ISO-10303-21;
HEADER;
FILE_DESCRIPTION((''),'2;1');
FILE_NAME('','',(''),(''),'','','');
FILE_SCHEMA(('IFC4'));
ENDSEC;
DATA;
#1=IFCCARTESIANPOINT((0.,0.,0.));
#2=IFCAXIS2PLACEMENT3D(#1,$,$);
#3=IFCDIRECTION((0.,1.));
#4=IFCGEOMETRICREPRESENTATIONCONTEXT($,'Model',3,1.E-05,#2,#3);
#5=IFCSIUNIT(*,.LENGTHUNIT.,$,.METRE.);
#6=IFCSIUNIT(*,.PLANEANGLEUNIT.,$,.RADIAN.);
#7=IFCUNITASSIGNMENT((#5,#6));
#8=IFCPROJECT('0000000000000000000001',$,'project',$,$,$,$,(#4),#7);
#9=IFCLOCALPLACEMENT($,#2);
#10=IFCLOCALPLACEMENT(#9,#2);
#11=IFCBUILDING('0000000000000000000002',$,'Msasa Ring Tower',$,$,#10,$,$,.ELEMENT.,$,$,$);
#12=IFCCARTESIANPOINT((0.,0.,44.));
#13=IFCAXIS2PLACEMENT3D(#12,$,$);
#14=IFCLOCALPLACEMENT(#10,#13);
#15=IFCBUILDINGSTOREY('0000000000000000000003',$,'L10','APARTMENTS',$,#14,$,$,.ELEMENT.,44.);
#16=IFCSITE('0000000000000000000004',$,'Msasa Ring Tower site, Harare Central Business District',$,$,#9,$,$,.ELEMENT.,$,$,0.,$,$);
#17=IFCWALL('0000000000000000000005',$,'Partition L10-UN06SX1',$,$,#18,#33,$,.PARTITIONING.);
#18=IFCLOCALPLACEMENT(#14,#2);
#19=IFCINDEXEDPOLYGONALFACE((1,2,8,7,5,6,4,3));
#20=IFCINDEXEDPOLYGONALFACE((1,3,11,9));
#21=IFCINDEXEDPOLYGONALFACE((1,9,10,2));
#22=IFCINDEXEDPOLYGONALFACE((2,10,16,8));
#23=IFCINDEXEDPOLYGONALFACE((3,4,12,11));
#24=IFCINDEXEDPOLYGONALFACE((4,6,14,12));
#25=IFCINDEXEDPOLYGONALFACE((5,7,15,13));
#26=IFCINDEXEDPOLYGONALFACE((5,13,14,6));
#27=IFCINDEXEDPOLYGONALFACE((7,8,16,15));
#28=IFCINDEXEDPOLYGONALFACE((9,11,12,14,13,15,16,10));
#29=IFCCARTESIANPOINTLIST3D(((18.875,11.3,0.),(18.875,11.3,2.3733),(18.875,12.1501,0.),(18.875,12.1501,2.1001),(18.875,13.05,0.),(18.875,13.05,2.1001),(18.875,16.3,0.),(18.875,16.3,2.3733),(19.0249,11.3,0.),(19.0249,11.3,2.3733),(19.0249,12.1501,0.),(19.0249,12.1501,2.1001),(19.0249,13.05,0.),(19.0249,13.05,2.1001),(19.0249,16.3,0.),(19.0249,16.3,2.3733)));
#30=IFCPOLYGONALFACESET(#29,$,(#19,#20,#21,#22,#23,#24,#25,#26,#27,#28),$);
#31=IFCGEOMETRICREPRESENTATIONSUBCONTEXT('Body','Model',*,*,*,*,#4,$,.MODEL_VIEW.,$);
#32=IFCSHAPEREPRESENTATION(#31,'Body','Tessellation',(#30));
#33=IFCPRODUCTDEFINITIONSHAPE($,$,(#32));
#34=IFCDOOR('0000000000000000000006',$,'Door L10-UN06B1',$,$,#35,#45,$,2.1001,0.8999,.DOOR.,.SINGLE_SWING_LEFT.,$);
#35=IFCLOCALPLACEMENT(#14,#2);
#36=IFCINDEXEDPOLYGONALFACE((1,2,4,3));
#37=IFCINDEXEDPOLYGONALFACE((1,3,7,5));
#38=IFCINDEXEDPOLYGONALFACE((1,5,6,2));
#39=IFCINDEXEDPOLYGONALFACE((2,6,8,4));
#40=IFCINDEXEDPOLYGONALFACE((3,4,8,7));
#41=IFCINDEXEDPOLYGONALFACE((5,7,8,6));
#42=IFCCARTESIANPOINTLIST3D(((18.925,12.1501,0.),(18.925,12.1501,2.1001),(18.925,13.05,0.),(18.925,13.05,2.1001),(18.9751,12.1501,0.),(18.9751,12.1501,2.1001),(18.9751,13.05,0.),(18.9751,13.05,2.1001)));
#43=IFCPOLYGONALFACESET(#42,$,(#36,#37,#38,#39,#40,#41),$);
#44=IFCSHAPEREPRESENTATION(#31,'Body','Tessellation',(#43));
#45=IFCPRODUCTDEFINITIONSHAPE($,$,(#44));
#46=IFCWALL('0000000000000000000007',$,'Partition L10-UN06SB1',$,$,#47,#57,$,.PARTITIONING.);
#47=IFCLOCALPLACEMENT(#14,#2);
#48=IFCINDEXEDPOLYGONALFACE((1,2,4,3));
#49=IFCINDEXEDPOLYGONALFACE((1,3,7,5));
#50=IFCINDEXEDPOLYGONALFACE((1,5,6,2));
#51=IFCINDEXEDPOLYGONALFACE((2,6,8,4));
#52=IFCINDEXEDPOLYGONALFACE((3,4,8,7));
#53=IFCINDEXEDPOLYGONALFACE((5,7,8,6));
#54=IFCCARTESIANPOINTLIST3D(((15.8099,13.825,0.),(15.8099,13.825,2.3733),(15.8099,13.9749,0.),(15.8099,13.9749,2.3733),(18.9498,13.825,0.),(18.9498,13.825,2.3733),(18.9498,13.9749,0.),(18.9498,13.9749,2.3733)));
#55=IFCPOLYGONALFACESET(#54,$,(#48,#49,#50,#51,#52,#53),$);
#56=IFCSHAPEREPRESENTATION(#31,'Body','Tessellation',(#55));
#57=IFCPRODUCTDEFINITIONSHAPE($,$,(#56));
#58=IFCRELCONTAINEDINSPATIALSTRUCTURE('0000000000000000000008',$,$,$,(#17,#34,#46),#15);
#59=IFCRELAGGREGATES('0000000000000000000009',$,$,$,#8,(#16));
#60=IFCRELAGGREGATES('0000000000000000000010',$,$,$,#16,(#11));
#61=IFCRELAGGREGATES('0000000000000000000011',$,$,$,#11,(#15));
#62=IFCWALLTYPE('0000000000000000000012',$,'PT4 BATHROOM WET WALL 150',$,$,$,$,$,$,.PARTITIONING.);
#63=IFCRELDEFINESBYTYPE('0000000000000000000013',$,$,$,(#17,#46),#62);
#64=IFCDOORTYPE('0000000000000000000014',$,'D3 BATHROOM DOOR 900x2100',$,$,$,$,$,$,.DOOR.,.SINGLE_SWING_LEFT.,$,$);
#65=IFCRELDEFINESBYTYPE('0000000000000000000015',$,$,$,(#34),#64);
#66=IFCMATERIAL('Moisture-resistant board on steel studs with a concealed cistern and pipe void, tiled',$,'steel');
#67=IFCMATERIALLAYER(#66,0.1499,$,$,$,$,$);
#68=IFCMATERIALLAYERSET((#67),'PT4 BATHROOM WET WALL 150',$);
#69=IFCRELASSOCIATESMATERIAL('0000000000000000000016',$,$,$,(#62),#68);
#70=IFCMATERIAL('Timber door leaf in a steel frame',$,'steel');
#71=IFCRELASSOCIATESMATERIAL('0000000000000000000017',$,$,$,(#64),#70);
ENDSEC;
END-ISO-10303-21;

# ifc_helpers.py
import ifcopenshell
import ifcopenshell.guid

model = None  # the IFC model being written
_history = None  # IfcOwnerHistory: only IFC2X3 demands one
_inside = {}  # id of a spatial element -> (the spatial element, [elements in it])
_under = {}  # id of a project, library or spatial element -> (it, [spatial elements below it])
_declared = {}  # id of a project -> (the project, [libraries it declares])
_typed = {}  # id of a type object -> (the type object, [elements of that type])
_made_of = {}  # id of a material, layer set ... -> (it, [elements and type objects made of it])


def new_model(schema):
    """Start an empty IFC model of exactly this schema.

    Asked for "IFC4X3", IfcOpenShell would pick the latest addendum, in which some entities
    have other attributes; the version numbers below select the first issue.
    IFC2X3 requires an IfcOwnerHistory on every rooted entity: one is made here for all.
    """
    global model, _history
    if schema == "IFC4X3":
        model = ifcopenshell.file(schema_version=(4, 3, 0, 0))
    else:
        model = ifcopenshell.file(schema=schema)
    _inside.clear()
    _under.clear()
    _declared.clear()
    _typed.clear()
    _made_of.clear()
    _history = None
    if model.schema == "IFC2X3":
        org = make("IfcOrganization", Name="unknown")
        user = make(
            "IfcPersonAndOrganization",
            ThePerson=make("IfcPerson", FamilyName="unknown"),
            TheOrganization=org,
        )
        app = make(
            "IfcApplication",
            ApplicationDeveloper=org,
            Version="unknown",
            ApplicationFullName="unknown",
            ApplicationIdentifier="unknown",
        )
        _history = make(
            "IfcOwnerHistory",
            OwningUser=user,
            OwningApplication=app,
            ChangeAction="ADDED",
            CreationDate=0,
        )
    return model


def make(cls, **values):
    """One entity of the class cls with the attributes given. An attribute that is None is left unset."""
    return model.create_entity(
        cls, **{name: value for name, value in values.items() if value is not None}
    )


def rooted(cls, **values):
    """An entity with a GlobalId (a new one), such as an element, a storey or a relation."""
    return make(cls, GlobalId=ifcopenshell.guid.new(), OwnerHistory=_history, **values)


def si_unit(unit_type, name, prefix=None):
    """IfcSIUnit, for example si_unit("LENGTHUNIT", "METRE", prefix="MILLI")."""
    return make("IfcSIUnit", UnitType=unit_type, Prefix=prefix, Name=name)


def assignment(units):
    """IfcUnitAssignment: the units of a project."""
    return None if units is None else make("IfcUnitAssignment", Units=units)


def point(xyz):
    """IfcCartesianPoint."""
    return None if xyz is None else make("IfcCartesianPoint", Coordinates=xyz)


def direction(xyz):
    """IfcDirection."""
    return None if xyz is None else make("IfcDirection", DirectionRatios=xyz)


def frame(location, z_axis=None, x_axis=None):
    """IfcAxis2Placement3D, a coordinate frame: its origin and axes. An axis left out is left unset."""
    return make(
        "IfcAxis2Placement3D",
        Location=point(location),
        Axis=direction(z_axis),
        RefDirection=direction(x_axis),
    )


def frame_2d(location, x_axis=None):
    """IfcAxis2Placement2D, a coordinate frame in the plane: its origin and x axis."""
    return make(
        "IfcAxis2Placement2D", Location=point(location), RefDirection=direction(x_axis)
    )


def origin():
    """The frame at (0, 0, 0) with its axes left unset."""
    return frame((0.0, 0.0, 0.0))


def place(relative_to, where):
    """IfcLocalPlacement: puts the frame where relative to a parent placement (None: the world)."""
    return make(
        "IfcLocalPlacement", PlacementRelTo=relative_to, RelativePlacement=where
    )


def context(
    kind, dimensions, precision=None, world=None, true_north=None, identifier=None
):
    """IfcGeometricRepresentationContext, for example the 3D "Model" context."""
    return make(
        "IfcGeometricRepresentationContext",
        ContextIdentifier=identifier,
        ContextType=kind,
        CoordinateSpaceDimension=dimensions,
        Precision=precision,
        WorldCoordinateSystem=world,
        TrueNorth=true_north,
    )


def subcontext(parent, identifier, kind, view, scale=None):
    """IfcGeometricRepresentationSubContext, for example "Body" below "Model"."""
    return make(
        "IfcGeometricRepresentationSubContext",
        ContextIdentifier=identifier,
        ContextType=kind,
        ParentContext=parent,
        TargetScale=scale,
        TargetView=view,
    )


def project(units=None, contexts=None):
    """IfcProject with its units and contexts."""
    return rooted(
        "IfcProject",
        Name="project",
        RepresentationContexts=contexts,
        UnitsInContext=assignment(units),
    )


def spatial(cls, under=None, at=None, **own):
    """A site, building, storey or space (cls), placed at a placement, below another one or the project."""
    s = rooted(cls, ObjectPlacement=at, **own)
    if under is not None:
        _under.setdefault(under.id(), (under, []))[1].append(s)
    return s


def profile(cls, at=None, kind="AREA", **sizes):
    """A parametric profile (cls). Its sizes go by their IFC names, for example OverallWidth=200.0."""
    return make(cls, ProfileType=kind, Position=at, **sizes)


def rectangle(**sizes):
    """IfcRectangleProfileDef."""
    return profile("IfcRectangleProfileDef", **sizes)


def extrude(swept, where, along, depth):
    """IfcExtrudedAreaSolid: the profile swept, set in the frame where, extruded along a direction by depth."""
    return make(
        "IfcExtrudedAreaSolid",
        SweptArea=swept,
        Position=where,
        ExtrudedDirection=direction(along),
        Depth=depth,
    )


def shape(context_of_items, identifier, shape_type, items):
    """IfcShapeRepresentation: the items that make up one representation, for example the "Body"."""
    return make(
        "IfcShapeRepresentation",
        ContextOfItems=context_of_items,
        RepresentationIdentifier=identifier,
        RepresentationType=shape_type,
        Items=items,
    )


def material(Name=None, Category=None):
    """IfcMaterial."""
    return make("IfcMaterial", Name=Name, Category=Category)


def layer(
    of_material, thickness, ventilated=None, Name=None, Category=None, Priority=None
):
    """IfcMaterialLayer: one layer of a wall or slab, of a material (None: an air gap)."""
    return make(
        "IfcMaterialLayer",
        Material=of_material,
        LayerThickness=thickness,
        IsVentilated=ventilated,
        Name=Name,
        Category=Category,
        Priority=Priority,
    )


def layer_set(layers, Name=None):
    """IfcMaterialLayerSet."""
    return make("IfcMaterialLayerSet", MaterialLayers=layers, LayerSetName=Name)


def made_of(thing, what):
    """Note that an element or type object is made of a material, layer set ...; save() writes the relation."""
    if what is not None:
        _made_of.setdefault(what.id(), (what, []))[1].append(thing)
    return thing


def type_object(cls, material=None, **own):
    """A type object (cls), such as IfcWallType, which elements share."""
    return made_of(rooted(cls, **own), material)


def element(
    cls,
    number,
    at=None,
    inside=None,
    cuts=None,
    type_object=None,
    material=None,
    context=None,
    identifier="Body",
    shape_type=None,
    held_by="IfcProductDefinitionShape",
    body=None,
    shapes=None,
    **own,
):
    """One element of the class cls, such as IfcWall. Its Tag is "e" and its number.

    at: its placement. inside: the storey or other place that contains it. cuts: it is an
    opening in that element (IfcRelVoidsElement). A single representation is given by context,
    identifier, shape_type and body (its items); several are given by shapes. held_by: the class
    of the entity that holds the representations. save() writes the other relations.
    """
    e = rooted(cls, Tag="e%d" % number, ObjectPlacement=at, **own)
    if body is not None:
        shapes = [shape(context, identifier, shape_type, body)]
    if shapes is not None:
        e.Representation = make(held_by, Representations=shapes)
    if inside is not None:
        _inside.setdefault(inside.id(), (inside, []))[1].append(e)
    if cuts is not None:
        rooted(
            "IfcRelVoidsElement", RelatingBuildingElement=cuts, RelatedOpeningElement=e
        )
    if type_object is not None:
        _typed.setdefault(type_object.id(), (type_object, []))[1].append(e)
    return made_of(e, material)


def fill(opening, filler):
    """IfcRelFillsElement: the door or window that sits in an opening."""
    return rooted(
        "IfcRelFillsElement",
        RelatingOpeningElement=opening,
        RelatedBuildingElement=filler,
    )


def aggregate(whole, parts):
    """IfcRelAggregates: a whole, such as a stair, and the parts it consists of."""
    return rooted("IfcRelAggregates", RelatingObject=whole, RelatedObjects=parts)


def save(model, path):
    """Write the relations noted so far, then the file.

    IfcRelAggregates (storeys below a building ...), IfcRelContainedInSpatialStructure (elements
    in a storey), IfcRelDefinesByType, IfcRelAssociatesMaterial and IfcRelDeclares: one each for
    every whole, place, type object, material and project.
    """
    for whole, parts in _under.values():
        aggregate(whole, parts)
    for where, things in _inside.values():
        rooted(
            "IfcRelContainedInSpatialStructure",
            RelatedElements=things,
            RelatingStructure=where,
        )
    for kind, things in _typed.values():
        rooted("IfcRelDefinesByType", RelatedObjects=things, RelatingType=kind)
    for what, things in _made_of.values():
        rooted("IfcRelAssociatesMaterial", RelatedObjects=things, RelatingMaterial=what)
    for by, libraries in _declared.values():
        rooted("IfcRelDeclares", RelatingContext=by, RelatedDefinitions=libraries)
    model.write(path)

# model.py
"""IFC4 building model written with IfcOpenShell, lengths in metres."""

from ifc_helpers import new_model, si_unit, direction, frame, frame_2d, origin, place, context, subcontext, project, spatial, rectangle, extrude, material, layer, layer_set, type_object, element, fill, save


model = new_model("IFC4")

# Units and contexts
model_context = context("Model", 3, precision=1e-05, world=origin(), true_north=direction((0.0, 1.0)))
body_context = subcontext(model_context, "Body", "Model", "MODEL_VIEW")
ifc_project = project(units=[si_unit("LENGTHUNIT", "METRE"), si_unit("PLANEANGLEUNIT", "RADIAN")], contexts=[model_context])

# Site, building, storey
site_placement = place(None, origin())
site = spatial("IfcSite", under=ifc_project, at=site_placement, Name="Msasa Ring Tower site, Harare Central Business District", CompositionType="ELEMENT", RefElevation=0.0)
building_placement = place(site_placement, origin())
building = spatial("IfcBuilding", under=site, at=building_placement, Name="Msasa Ring Tower", CompositionType="ELEMENT")
storey_placement = place(building_placement, frame((0.0, 0.0, 44.0)))
storey = spatial("IfcBuildingStorey", under=building, at=storey_placement, Name="L10", Description="APARTMENTS", CompositionType="ELEMENT", Elevation=44.0)

# Shared definitions
ifc_material_1 = material(Name="Moisture-resistant board on steel studs with a concealed cistern and pipe void, tiled", Category="steel")
ifc_layer_1 = layer(ifc_material_1, 0.1499)
ifc_layer_set_1 = layer_set([ifc_layer_1], Name="PT4 BATHROOM WET WALL 150")
wall_type_1 = type_object("IfcWallType", Name="PT4 BATHROOM WET WALL 150", PredefinedType="PARTITIONING", material=ifc_layer_set_1)
ifc_material_2 = material(Name="Timber door leaf in a steel frame", Category="steel")
door_type_1 = type_object("IfcDoorType", Name="D3 BATHROOM DOOR 900x2100", OperationType="SINGLE_SWING_LEFT", PredefinedType="DOOR", material=ifc_material_2)

# Wall, opening, door
wall_1_placement = place(storey_placement, frame((18.95, 11.3, 0.0), z_axis=(0.0, 0.0, 1.0), x_axis=(0.0, 1.0, 0.0)))
wall_1 = element("IfcWall", 1, at=wall_1_placement, inside=storey, type_object=wall_type_1, Name="Partition L10-UN06SX1", PredefinedType="PARTITIONING", context=body_context, shape_type="SweptSolid", body=[
    extrude(rectangle(XDim=5.0, YDim=0.1499, at=frame_2d((2.5, 0.0))), origin(), (0.0, 0.0, 1.0), 2.3733),
])
opening_1_placement = place(wall_1_placement, frame((0.8501, 0.0, 0.0)))
opening_1 = element("IfcOpeningElement", 2, at=opening_1_placement, cuts=wall_1, PredefinedType="OPENING", context=body_context, shape_type="SweptSolid", body=[
    extrude(rectangle(XDim=0.8999, YDim=2.1001, at=frame_2d((0.45, 1.05))), frame((0.0, 0.085, 0.0), z_axis=(0.0, -1.0, 0.0), x_axis=(1.0, 0.0, 0.0)), (0.0, 0.0, 1.0), 0.1699),
])
door_1_placement = place(opening_1_placement, origin())
door_1 = element("IfcDoor", 3, at=door_1_placement, inside=storey, type_object=door_type_1, Name="Door L10-UN06B1", OperationType="SINGLE_SWING_LEFT", OverallHeight=2.1001, OverallWidth=0.8999, PredefinedType="DOOR", context=body_context, shape_type="SweptSolid", body=[
    extrude(rectangle(XDim=0.8999, YDim=2.1001, at=frame_2d((0.45, 1.05))), frame((0.0, 0.0249, 0.0), z_axis=(0.0, -1.0, 0.0), x_axis=(1.0, 0.0, 0.0)), (0.0, 0.0, 1.0), 0.05),
])
fill(opening_1, door_1)

# Wall
wall_2_placement = place(storey_placement, frame((15.8101, 13.8999, 0.0), z_axis=(0.0, 0.0, 1.0), x_axis=(1.0, 0.0, 0.0)))
element("IfcWall", 4, at=wall_2_placement, inside=storey, type_object=wall_type_1, Name="Partition L10-UN06SB1", PredefinedType="PARTITIONING", context=body_context, shape_type="SweptSolid", body=[
    extrude(rectangle(XDim=3.1399, YDim=0.1499, at=frame_2d((1.5698, 0.0))), origin(), (0.0, 0.0, 1.0), 2.3733),
])

save(model, "model.ifc")
